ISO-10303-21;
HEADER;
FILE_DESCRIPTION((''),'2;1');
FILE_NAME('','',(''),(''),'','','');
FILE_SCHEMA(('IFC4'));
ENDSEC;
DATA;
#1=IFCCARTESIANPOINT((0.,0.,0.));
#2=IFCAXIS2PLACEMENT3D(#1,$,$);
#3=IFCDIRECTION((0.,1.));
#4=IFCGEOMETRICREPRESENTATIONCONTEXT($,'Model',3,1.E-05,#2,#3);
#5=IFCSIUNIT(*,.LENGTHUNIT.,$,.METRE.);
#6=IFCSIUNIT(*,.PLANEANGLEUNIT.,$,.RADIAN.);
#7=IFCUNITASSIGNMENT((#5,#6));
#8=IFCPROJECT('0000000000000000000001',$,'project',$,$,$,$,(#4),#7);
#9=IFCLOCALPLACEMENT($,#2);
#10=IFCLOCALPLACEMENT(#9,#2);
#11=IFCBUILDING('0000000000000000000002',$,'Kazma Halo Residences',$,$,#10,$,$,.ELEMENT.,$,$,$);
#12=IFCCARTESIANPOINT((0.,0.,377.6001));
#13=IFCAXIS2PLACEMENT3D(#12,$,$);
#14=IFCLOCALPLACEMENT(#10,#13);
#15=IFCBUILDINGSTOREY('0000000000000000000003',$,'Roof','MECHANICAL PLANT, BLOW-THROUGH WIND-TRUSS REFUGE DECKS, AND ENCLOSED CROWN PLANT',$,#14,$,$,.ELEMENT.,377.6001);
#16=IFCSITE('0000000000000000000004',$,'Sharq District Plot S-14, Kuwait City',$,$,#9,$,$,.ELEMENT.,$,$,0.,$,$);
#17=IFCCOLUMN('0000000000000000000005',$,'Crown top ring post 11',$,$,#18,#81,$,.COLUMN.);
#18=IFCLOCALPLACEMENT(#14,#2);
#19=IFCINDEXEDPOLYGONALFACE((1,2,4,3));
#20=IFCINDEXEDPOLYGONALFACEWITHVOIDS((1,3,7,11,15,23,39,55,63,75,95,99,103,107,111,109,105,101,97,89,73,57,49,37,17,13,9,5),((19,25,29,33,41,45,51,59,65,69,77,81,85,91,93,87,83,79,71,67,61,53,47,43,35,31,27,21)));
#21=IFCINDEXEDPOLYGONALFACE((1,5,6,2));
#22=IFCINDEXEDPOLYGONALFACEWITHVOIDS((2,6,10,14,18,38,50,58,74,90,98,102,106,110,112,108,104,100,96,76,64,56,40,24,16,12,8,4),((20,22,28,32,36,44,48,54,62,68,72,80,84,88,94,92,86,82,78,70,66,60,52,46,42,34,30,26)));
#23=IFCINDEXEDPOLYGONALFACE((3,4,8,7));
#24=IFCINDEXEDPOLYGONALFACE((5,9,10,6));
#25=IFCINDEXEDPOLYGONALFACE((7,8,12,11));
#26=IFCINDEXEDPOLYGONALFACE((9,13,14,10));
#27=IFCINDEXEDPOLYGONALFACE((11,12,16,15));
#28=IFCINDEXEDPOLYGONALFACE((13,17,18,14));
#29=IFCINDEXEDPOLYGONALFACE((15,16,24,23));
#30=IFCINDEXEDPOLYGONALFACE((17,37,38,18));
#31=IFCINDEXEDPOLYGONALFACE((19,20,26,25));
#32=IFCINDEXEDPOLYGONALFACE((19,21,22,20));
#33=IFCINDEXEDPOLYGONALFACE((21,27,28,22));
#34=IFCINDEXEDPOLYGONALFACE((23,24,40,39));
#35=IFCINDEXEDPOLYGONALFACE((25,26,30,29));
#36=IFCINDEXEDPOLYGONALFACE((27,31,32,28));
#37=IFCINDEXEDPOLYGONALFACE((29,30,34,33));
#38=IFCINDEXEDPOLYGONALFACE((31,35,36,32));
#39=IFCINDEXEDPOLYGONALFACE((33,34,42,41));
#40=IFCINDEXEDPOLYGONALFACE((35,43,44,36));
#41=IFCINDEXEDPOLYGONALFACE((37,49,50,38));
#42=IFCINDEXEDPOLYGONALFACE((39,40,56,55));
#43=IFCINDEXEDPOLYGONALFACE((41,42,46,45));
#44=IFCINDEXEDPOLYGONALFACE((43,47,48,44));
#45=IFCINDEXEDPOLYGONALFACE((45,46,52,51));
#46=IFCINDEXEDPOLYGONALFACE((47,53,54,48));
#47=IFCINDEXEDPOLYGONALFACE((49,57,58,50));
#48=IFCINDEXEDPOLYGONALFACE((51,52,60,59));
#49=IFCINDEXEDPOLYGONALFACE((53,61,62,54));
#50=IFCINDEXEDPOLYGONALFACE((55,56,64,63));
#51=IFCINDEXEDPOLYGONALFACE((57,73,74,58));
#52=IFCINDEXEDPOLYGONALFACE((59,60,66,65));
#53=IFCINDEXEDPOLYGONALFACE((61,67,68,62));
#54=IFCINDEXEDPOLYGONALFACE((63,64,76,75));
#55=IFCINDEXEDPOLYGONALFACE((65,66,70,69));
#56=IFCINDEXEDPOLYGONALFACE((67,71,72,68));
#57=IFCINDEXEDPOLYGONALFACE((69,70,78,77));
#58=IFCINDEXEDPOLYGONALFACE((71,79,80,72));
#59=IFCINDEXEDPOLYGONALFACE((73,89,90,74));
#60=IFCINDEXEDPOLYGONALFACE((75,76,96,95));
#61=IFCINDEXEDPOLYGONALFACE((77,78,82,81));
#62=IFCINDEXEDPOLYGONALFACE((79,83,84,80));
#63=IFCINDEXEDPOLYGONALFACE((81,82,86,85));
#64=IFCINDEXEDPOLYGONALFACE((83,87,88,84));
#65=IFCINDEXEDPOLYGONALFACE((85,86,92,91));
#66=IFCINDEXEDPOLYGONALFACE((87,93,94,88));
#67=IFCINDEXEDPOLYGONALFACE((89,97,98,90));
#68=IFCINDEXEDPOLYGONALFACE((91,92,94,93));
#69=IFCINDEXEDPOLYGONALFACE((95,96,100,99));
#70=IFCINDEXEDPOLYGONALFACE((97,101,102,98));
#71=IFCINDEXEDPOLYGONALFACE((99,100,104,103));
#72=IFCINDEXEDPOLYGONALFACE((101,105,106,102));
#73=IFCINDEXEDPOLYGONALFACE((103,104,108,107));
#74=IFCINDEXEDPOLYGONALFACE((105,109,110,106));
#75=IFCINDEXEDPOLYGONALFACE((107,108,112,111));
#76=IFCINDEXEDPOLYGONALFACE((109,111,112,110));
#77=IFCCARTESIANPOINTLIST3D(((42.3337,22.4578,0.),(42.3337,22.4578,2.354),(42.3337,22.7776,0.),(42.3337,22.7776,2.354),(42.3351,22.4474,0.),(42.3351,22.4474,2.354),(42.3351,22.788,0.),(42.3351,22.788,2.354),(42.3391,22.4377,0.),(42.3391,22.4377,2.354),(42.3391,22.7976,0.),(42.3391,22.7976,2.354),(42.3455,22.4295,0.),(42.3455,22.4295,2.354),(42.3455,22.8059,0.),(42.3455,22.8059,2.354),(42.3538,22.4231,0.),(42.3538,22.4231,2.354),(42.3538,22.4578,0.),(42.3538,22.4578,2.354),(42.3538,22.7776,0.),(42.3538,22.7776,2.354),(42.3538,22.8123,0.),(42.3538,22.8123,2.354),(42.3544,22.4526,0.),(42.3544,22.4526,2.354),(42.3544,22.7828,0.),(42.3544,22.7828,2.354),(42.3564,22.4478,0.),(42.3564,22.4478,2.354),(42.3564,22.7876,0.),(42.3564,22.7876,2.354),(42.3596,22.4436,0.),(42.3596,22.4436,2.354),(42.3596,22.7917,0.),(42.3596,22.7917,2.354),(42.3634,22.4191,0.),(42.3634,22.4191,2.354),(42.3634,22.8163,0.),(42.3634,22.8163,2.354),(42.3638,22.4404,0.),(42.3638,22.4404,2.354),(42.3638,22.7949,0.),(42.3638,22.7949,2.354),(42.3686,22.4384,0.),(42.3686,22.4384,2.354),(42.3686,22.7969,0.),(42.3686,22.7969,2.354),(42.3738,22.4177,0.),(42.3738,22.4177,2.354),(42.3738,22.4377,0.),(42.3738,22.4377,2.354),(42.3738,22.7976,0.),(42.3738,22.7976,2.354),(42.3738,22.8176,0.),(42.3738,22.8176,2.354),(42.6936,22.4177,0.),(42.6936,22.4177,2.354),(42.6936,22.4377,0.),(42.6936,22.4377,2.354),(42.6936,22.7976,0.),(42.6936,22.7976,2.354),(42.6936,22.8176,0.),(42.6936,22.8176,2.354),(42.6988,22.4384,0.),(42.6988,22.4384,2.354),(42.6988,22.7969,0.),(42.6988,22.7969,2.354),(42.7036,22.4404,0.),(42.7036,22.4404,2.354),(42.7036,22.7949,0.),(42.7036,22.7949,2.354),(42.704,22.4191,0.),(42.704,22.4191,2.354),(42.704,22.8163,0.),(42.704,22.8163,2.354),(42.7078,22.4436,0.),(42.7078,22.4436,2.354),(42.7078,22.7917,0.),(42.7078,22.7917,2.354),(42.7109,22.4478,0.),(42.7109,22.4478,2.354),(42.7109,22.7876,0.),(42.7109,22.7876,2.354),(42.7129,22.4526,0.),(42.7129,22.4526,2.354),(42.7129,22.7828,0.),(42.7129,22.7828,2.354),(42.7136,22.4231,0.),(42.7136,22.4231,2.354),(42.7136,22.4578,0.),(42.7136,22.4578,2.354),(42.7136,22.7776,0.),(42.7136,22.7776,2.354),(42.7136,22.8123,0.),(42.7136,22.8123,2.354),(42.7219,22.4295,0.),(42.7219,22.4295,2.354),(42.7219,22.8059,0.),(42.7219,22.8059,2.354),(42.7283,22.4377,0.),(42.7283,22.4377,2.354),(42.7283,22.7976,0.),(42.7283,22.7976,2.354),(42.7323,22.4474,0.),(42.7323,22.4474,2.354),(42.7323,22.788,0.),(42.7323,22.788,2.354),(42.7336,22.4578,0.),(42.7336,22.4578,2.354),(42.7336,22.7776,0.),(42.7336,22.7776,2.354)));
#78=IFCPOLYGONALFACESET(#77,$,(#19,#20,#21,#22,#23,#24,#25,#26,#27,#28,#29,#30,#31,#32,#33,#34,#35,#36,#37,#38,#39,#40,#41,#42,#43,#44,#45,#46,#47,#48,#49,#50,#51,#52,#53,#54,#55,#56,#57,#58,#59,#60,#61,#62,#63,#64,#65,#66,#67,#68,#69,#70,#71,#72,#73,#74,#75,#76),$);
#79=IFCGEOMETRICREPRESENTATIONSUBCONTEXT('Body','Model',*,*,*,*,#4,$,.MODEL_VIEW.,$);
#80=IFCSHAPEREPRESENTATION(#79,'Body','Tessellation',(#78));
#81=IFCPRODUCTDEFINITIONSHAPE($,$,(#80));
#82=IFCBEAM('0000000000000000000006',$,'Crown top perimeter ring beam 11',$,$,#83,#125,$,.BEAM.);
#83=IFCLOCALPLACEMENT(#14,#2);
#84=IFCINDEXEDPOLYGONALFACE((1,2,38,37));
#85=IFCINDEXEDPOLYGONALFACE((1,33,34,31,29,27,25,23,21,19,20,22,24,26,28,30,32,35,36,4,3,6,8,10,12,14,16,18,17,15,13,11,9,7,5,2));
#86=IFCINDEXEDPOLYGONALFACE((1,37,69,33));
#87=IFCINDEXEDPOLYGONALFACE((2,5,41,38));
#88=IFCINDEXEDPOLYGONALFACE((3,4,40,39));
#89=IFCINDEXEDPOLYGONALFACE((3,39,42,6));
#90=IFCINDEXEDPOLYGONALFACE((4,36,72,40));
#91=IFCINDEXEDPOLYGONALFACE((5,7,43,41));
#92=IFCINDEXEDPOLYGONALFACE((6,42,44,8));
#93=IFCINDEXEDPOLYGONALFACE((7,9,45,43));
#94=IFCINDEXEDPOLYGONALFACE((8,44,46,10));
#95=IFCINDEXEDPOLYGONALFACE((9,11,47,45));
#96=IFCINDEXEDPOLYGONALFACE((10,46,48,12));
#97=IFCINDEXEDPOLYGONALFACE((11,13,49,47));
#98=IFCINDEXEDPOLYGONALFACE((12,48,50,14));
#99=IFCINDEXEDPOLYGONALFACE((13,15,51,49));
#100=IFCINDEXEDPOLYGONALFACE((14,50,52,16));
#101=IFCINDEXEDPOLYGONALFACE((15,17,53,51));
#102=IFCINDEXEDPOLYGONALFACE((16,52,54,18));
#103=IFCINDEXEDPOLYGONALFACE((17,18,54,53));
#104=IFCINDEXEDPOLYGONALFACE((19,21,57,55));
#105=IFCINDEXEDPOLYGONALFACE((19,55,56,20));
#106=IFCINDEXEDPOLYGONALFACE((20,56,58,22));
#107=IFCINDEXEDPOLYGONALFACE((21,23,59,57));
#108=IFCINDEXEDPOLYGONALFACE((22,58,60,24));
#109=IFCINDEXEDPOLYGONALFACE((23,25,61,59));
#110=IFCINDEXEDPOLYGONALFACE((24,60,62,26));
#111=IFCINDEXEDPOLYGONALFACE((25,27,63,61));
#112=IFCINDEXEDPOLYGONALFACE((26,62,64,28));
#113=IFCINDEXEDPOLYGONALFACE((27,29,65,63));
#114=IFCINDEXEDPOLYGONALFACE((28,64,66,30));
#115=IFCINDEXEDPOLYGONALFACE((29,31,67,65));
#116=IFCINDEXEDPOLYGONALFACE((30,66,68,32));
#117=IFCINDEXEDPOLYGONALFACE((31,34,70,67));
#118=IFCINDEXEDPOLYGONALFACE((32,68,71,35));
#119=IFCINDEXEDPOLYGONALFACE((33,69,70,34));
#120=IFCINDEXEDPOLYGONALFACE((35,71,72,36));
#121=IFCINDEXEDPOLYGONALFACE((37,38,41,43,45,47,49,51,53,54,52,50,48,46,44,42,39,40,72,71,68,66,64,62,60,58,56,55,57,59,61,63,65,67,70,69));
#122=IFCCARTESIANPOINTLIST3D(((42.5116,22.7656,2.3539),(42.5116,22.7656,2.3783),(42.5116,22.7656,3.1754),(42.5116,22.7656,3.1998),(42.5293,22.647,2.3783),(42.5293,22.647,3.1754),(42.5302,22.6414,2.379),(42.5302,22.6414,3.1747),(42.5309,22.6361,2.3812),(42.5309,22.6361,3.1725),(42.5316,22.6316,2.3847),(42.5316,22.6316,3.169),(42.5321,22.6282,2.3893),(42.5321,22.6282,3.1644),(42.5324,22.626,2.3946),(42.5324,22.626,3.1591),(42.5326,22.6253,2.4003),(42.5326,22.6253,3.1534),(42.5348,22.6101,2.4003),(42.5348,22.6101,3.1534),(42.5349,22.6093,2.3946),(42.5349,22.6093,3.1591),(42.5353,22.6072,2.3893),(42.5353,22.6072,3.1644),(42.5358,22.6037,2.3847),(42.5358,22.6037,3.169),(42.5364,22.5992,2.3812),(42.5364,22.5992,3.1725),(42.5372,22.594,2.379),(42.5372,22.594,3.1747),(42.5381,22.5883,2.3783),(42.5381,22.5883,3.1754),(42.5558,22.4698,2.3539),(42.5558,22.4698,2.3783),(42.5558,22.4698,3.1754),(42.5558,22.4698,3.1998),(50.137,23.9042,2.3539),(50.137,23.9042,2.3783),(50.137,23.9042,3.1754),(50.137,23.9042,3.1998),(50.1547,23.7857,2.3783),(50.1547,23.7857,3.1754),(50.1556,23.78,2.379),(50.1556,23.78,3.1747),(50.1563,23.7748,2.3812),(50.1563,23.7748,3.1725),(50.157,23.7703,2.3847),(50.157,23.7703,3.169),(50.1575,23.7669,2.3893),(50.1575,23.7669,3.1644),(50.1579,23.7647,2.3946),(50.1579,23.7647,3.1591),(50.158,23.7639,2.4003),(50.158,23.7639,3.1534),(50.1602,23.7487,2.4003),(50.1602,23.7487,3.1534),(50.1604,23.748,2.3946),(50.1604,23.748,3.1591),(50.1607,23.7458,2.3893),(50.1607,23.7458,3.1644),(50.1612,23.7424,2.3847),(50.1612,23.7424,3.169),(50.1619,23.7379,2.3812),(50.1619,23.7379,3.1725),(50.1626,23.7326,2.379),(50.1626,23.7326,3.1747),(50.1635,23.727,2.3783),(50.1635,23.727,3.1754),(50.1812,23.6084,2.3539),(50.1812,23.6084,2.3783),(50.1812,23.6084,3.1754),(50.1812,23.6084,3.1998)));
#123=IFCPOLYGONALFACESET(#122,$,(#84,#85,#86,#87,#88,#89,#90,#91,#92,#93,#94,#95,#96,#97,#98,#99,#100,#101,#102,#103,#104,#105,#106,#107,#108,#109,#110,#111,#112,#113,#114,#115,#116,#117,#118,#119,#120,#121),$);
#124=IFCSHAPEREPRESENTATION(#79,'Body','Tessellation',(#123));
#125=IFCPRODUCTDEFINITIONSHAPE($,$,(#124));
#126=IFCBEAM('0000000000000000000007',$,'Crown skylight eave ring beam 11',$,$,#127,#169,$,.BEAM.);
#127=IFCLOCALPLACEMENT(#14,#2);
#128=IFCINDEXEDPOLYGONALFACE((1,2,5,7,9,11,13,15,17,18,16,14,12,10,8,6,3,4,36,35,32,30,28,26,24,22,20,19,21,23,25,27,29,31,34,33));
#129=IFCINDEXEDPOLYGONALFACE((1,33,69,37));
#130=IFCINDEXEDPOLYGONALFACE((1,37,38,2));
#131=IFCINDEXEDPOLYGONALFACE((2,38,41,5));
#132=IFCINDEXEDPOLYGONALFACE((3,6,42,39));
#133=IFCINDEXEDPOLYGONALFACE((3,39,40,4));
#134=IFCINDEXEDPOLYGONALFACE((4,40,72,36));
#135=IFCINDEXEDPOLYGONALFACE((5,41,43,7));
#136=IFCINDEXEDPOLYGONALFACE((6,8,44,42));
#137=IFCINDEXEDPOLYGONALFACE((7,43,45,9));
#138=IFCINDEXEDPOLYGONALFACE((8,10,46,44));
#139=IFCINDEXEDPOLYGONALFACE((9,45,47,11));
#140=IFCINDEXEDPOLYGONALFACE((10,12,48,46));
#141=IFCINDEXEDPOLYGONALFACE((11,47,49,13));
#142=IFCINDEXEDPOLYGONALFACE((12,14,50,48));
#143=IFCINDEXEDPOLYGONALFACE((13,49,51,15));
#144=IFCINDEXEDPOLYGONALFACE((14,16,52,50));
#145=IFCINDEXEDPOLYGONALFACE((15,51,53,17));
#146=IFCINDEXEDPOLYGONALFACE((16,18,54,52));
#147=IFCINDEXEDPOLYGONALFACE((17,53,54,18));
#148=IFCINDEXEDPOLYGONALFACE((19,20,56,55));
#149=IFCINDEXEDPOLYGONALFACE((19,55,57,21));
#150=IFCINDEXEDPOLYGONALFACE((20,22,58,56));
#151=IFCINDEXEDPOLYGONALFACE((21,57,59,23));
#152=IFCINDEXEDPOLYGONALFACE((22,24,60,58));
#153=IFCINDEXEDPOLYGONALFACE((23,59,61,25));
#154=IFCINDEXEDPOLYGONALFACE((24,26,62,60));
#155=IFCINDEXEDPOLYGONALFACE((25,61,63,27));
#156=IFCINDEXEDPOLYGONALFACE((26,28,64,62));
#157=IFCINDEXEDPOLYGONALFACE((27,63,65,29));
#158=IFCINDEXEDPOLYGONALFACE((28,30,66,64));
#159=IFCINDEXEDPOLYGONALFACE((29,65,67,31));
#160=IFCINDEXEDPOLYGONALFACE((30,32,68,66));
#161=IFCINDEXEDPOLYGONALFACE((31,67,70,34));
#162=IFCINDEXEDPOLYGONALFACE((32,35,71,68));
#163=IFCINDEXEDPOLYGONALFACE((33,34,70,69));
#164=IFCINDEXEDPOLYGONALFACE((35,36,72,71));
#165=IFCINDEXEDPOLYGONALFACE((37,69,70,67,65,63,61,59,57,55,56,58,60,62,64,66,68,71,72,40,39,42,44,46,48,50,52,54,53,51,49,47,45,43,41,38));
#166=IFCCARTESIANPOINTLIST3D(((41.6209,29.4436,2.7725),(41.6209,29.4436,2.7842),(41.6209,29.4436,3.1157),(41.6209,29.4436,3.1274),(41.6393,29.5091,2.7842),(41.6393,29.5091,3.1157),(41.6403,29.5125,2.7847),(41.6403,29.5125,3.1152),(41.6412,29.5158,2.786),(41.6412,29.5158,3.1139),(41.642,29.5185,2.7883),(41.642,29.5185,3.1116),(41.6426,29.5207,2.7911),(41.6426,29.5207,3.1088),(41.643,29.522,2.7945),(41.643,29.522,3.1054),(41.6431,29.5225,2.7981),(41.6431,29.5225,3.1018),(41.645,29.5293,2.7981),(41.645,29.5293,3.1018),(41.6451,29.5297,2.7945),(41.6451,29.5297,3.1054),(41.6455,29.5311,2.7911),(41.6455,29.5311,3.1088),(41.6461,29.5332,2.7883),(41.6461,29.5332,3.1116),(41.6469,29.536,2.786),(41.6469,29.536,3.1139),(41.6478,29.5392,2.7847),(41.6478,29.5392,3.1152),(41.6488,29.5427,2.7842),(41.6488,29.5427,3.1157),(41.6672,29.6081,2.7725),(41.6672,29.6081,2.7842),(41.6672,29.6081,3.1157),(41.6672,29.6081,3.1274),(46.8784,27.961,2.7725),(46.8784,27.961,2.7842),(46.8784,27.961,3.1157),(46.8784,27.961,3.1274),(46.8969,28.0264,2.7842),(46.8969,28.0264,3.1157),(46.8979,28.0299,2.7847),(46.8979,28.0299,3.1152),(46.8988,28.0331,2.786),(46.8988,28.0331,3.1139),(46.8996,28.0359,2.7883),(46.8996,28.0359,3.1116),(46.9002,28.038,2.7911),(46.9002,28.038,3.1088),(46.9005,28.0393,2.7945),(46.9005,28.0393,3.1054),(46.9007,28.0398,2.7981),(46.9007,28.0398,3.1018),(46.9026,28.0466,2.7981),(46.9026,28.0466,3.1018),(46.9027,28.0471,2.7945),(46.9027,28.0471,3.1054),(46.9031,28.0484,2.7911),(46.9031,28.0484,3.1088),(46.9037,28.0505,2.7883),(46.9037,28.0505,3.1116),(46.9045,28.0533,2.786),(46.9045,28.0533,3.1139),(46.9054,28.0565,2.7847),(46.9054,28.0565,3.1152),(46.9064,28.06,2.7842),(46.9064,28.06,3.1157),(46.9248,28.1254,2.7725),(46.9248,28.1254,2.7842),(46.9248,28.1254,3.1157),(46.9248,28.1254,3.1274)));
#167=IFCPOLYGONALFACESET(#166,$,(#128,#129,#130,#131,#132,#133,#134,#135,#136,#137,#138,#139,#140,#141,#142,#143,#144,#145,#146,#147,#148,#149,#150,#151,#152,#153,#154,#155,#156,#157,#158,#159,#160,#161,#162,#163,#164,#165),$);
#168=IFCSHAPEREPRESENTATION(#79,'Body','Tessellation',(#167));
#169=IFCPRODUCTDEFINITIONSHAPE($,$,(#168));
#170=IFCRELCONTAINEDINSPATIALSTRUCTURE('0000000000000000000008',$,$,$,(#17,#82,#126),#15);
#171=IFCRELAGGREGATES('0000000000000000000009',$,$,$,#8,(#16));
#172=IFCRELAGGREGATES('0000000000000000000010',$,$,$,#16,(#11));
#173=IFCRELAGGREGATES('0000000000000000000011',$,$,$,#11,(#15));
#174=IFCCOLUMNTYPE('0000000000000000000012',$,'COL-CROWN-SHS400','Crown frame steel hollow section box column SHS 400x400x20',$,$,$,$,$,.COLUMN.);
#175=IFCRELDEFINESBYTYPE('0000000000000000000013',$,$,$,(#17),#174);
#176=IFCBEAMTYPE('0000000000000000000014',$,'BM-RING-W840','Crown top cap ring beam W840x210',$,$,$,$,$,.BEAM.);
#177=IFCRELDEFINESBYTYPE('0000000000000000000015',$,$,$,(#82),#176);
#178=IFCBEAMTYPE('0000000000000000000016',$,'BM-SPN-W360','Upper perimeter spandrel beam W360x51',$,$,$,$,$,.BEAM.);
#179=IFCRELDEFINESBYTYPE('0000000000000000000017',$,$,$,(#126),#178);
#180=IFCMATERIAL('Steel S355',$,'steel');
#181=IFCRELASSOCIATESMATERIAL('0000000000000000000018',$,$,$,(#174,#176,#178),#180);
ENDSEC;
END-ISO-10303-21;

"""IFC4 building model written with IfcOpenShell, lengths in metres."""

from ifc_helpers import new_model, si_unit, direction, frame, origin, origin_2d, place, context, subcontext, project, spatial, hollow_rectangle, i_section, extrude, material, material_profile, profile_set, type_object, element, save


model = new_model("IFC4")

# Units and contexts
model_context = context("Model", 3, precision=1e-05, world=origin(), true_north=direction((0.0, 1.0)))
body_context = subcontext(model_context, "Body", "Model", "MODEL_VIEW")
ifc_project = project(units=[si_unit("LENGTHUNIT", "METRE"), si_unit("PLANEANGLEUNIT", "RADIAN")], contexts=[model_context])

# Site, building, storey
site_placement = place(None, origin())
site = spatial("IfcSite", under=ifc_project, at=site_placement, Name="Sharq District Plot S-14, Kuwait City", CompositionType="ELEMENT", RefElevation=0.0)
building_placement = place(site_placement, origin())
building = spatial("IfcBuilding", under=site, at=building_placement, Name="Kazma Halo Residences", CompositionType="ELEMENT")
storey_placement = place(building_placement, frame((0.0, 0.0, 377.6001)))
storey = spatial("IfcBuildingStorey", under=building, at=storey_placement, Name="Roof", Description="MECHANICAL PLANT, BLOW-THROUGH WIND-TRUSS REFUGE DECKS, AND ENCLOSED CROWN PLANT", CompositionType="ELEMENT", Elevation=377.6001)

# Column
ifc_material_1 = material(Name="Steel S355", Category="steel")
ifc_material_profile_1 = material_profile(ifc_material_1, hollow_rectangle(XDim=0.3999, YDim=0.3999, WallThickness=0.02, InnerFilletRadius=0.02, OuterFilletRadius=0.04, at=origin_2d()), Name="SHS400x400x20")
ifc_profile_set_1 = profile_set([ifc_material_profile_1], Name="Steel S355")
column_type = type_object("IfcColumnType", Name="COL-CROWN-SHS400", Description="Crown frame steel hollow section box column SHS 400x400x20", PredefinedType="COLUMN", material=ifc_profile_set_1)
column_placement = place(storey_placement, frame((42.5337, 22.6177, 0.0), z_axis=(0.0, 0.0, 1.0), x_axis=(1.0, 0.0, 0.0)))
element("IfcColumn", 1, at=column_placement, inside=storey, type_object=column_type, Name="Crown top ring post 11", PredefinedType="COLUMN", context=body_context, shape_type="SweptSolid", body=[
    extrude(hollow_rectangle(XDim=0.3999, YDim=0.3999, WallThickness=0.02, InnerFilletRadius=0.02, OuterFilletRadius=0.04, at=origin_2d()), origin(), (0.0, 0.0, 1.0), 2.354),
])

# Beams
ifc_material_profile_2 = material_profile(ifc_material_1, i_section(OverallWidth=0.2991, OverallDepth=0.8459, WebThickness=0.0154, FlangeThickness=0.0244, FilletRadius=0.022, at=origin_2d()), Name="W840x210")
ifc_profile_set_2 = profile_set([ifc_material_profile_2], Name="Steel S355")
beam_type_1 = type_object("IfcBeamType", Name="BM-RING-W840", Description="Crown top cap ring beam W840x210", PredefinedType="BEAM", material=ifc_profile_set_2)
beam_1_placement = place(storey_placement, frame((42.5337, 22.6177, 2.7769), z_axis=(0.989034, 0.147687, 0.0), x_axis=(-0.147687, 0.989034, 0.0)))
element("IfcBeam", 2, at=beam_1_placement, inside=storey, type_object=beam_type_1, Name="Crown top perimeter ring beam 11", PredefinedType="BEAM", context=body_context, shape_type="SweptSolid", body=[
    extrude(i_section(OverallWidth=0.2991, OverallDepth=0.8459, WebThickness=0.0154, FlangeThickness=0.0244, FilletRadius=0.022, at=origin_2d()), origin(), (0.0, 0.0, 1.0), 7.71),
])
ifc_material_profile_3 = material_profile(ifc_material_1, i_section(OverallWidth=0.1709, OverallDepth=0.355, WebThickness=0.0071, FlangeThickness=0.0117, FilletRadius=0.0139, at=origin_2d()), Name="W360x51")
ifc_profile_set_3 = profile_set([ifc_material_profile_3], Name="Steel S355")
beam_type_2 = type_object("IfcBeamType", Name="BM-SPN-W360", Description="Upper perimeter spandrel beam W360x51", PredefinedType="BEAM", material=ifc_profile_set_3)
beam_2_placement = place(storey_placement, frame((41.644, 29.5259, 2.95), z_axis=(0.962461, -0.27142, 0.0), x_axis=(0.27142, 0.962461, 0.0)))
element("IfcBeam", 3, at=beam_2_placement, inside=storey, type_object=beam_type_2, Name="Crown skylight eave ring beam 11", PredefinedType="BEAM", context=body_context, shape_type="SweptSolid", body=[
    extrude(i_section(OverallWidth=0.1709, OverallDepth=0.355, WebThickness=0.0071, FlangeThickness=0.0117, FilletRadius=0.0139, at=origin_2d()), origin(), (0.0, 0.0, 1.0), 5.4626),
])

save(model, "model.ifc")
